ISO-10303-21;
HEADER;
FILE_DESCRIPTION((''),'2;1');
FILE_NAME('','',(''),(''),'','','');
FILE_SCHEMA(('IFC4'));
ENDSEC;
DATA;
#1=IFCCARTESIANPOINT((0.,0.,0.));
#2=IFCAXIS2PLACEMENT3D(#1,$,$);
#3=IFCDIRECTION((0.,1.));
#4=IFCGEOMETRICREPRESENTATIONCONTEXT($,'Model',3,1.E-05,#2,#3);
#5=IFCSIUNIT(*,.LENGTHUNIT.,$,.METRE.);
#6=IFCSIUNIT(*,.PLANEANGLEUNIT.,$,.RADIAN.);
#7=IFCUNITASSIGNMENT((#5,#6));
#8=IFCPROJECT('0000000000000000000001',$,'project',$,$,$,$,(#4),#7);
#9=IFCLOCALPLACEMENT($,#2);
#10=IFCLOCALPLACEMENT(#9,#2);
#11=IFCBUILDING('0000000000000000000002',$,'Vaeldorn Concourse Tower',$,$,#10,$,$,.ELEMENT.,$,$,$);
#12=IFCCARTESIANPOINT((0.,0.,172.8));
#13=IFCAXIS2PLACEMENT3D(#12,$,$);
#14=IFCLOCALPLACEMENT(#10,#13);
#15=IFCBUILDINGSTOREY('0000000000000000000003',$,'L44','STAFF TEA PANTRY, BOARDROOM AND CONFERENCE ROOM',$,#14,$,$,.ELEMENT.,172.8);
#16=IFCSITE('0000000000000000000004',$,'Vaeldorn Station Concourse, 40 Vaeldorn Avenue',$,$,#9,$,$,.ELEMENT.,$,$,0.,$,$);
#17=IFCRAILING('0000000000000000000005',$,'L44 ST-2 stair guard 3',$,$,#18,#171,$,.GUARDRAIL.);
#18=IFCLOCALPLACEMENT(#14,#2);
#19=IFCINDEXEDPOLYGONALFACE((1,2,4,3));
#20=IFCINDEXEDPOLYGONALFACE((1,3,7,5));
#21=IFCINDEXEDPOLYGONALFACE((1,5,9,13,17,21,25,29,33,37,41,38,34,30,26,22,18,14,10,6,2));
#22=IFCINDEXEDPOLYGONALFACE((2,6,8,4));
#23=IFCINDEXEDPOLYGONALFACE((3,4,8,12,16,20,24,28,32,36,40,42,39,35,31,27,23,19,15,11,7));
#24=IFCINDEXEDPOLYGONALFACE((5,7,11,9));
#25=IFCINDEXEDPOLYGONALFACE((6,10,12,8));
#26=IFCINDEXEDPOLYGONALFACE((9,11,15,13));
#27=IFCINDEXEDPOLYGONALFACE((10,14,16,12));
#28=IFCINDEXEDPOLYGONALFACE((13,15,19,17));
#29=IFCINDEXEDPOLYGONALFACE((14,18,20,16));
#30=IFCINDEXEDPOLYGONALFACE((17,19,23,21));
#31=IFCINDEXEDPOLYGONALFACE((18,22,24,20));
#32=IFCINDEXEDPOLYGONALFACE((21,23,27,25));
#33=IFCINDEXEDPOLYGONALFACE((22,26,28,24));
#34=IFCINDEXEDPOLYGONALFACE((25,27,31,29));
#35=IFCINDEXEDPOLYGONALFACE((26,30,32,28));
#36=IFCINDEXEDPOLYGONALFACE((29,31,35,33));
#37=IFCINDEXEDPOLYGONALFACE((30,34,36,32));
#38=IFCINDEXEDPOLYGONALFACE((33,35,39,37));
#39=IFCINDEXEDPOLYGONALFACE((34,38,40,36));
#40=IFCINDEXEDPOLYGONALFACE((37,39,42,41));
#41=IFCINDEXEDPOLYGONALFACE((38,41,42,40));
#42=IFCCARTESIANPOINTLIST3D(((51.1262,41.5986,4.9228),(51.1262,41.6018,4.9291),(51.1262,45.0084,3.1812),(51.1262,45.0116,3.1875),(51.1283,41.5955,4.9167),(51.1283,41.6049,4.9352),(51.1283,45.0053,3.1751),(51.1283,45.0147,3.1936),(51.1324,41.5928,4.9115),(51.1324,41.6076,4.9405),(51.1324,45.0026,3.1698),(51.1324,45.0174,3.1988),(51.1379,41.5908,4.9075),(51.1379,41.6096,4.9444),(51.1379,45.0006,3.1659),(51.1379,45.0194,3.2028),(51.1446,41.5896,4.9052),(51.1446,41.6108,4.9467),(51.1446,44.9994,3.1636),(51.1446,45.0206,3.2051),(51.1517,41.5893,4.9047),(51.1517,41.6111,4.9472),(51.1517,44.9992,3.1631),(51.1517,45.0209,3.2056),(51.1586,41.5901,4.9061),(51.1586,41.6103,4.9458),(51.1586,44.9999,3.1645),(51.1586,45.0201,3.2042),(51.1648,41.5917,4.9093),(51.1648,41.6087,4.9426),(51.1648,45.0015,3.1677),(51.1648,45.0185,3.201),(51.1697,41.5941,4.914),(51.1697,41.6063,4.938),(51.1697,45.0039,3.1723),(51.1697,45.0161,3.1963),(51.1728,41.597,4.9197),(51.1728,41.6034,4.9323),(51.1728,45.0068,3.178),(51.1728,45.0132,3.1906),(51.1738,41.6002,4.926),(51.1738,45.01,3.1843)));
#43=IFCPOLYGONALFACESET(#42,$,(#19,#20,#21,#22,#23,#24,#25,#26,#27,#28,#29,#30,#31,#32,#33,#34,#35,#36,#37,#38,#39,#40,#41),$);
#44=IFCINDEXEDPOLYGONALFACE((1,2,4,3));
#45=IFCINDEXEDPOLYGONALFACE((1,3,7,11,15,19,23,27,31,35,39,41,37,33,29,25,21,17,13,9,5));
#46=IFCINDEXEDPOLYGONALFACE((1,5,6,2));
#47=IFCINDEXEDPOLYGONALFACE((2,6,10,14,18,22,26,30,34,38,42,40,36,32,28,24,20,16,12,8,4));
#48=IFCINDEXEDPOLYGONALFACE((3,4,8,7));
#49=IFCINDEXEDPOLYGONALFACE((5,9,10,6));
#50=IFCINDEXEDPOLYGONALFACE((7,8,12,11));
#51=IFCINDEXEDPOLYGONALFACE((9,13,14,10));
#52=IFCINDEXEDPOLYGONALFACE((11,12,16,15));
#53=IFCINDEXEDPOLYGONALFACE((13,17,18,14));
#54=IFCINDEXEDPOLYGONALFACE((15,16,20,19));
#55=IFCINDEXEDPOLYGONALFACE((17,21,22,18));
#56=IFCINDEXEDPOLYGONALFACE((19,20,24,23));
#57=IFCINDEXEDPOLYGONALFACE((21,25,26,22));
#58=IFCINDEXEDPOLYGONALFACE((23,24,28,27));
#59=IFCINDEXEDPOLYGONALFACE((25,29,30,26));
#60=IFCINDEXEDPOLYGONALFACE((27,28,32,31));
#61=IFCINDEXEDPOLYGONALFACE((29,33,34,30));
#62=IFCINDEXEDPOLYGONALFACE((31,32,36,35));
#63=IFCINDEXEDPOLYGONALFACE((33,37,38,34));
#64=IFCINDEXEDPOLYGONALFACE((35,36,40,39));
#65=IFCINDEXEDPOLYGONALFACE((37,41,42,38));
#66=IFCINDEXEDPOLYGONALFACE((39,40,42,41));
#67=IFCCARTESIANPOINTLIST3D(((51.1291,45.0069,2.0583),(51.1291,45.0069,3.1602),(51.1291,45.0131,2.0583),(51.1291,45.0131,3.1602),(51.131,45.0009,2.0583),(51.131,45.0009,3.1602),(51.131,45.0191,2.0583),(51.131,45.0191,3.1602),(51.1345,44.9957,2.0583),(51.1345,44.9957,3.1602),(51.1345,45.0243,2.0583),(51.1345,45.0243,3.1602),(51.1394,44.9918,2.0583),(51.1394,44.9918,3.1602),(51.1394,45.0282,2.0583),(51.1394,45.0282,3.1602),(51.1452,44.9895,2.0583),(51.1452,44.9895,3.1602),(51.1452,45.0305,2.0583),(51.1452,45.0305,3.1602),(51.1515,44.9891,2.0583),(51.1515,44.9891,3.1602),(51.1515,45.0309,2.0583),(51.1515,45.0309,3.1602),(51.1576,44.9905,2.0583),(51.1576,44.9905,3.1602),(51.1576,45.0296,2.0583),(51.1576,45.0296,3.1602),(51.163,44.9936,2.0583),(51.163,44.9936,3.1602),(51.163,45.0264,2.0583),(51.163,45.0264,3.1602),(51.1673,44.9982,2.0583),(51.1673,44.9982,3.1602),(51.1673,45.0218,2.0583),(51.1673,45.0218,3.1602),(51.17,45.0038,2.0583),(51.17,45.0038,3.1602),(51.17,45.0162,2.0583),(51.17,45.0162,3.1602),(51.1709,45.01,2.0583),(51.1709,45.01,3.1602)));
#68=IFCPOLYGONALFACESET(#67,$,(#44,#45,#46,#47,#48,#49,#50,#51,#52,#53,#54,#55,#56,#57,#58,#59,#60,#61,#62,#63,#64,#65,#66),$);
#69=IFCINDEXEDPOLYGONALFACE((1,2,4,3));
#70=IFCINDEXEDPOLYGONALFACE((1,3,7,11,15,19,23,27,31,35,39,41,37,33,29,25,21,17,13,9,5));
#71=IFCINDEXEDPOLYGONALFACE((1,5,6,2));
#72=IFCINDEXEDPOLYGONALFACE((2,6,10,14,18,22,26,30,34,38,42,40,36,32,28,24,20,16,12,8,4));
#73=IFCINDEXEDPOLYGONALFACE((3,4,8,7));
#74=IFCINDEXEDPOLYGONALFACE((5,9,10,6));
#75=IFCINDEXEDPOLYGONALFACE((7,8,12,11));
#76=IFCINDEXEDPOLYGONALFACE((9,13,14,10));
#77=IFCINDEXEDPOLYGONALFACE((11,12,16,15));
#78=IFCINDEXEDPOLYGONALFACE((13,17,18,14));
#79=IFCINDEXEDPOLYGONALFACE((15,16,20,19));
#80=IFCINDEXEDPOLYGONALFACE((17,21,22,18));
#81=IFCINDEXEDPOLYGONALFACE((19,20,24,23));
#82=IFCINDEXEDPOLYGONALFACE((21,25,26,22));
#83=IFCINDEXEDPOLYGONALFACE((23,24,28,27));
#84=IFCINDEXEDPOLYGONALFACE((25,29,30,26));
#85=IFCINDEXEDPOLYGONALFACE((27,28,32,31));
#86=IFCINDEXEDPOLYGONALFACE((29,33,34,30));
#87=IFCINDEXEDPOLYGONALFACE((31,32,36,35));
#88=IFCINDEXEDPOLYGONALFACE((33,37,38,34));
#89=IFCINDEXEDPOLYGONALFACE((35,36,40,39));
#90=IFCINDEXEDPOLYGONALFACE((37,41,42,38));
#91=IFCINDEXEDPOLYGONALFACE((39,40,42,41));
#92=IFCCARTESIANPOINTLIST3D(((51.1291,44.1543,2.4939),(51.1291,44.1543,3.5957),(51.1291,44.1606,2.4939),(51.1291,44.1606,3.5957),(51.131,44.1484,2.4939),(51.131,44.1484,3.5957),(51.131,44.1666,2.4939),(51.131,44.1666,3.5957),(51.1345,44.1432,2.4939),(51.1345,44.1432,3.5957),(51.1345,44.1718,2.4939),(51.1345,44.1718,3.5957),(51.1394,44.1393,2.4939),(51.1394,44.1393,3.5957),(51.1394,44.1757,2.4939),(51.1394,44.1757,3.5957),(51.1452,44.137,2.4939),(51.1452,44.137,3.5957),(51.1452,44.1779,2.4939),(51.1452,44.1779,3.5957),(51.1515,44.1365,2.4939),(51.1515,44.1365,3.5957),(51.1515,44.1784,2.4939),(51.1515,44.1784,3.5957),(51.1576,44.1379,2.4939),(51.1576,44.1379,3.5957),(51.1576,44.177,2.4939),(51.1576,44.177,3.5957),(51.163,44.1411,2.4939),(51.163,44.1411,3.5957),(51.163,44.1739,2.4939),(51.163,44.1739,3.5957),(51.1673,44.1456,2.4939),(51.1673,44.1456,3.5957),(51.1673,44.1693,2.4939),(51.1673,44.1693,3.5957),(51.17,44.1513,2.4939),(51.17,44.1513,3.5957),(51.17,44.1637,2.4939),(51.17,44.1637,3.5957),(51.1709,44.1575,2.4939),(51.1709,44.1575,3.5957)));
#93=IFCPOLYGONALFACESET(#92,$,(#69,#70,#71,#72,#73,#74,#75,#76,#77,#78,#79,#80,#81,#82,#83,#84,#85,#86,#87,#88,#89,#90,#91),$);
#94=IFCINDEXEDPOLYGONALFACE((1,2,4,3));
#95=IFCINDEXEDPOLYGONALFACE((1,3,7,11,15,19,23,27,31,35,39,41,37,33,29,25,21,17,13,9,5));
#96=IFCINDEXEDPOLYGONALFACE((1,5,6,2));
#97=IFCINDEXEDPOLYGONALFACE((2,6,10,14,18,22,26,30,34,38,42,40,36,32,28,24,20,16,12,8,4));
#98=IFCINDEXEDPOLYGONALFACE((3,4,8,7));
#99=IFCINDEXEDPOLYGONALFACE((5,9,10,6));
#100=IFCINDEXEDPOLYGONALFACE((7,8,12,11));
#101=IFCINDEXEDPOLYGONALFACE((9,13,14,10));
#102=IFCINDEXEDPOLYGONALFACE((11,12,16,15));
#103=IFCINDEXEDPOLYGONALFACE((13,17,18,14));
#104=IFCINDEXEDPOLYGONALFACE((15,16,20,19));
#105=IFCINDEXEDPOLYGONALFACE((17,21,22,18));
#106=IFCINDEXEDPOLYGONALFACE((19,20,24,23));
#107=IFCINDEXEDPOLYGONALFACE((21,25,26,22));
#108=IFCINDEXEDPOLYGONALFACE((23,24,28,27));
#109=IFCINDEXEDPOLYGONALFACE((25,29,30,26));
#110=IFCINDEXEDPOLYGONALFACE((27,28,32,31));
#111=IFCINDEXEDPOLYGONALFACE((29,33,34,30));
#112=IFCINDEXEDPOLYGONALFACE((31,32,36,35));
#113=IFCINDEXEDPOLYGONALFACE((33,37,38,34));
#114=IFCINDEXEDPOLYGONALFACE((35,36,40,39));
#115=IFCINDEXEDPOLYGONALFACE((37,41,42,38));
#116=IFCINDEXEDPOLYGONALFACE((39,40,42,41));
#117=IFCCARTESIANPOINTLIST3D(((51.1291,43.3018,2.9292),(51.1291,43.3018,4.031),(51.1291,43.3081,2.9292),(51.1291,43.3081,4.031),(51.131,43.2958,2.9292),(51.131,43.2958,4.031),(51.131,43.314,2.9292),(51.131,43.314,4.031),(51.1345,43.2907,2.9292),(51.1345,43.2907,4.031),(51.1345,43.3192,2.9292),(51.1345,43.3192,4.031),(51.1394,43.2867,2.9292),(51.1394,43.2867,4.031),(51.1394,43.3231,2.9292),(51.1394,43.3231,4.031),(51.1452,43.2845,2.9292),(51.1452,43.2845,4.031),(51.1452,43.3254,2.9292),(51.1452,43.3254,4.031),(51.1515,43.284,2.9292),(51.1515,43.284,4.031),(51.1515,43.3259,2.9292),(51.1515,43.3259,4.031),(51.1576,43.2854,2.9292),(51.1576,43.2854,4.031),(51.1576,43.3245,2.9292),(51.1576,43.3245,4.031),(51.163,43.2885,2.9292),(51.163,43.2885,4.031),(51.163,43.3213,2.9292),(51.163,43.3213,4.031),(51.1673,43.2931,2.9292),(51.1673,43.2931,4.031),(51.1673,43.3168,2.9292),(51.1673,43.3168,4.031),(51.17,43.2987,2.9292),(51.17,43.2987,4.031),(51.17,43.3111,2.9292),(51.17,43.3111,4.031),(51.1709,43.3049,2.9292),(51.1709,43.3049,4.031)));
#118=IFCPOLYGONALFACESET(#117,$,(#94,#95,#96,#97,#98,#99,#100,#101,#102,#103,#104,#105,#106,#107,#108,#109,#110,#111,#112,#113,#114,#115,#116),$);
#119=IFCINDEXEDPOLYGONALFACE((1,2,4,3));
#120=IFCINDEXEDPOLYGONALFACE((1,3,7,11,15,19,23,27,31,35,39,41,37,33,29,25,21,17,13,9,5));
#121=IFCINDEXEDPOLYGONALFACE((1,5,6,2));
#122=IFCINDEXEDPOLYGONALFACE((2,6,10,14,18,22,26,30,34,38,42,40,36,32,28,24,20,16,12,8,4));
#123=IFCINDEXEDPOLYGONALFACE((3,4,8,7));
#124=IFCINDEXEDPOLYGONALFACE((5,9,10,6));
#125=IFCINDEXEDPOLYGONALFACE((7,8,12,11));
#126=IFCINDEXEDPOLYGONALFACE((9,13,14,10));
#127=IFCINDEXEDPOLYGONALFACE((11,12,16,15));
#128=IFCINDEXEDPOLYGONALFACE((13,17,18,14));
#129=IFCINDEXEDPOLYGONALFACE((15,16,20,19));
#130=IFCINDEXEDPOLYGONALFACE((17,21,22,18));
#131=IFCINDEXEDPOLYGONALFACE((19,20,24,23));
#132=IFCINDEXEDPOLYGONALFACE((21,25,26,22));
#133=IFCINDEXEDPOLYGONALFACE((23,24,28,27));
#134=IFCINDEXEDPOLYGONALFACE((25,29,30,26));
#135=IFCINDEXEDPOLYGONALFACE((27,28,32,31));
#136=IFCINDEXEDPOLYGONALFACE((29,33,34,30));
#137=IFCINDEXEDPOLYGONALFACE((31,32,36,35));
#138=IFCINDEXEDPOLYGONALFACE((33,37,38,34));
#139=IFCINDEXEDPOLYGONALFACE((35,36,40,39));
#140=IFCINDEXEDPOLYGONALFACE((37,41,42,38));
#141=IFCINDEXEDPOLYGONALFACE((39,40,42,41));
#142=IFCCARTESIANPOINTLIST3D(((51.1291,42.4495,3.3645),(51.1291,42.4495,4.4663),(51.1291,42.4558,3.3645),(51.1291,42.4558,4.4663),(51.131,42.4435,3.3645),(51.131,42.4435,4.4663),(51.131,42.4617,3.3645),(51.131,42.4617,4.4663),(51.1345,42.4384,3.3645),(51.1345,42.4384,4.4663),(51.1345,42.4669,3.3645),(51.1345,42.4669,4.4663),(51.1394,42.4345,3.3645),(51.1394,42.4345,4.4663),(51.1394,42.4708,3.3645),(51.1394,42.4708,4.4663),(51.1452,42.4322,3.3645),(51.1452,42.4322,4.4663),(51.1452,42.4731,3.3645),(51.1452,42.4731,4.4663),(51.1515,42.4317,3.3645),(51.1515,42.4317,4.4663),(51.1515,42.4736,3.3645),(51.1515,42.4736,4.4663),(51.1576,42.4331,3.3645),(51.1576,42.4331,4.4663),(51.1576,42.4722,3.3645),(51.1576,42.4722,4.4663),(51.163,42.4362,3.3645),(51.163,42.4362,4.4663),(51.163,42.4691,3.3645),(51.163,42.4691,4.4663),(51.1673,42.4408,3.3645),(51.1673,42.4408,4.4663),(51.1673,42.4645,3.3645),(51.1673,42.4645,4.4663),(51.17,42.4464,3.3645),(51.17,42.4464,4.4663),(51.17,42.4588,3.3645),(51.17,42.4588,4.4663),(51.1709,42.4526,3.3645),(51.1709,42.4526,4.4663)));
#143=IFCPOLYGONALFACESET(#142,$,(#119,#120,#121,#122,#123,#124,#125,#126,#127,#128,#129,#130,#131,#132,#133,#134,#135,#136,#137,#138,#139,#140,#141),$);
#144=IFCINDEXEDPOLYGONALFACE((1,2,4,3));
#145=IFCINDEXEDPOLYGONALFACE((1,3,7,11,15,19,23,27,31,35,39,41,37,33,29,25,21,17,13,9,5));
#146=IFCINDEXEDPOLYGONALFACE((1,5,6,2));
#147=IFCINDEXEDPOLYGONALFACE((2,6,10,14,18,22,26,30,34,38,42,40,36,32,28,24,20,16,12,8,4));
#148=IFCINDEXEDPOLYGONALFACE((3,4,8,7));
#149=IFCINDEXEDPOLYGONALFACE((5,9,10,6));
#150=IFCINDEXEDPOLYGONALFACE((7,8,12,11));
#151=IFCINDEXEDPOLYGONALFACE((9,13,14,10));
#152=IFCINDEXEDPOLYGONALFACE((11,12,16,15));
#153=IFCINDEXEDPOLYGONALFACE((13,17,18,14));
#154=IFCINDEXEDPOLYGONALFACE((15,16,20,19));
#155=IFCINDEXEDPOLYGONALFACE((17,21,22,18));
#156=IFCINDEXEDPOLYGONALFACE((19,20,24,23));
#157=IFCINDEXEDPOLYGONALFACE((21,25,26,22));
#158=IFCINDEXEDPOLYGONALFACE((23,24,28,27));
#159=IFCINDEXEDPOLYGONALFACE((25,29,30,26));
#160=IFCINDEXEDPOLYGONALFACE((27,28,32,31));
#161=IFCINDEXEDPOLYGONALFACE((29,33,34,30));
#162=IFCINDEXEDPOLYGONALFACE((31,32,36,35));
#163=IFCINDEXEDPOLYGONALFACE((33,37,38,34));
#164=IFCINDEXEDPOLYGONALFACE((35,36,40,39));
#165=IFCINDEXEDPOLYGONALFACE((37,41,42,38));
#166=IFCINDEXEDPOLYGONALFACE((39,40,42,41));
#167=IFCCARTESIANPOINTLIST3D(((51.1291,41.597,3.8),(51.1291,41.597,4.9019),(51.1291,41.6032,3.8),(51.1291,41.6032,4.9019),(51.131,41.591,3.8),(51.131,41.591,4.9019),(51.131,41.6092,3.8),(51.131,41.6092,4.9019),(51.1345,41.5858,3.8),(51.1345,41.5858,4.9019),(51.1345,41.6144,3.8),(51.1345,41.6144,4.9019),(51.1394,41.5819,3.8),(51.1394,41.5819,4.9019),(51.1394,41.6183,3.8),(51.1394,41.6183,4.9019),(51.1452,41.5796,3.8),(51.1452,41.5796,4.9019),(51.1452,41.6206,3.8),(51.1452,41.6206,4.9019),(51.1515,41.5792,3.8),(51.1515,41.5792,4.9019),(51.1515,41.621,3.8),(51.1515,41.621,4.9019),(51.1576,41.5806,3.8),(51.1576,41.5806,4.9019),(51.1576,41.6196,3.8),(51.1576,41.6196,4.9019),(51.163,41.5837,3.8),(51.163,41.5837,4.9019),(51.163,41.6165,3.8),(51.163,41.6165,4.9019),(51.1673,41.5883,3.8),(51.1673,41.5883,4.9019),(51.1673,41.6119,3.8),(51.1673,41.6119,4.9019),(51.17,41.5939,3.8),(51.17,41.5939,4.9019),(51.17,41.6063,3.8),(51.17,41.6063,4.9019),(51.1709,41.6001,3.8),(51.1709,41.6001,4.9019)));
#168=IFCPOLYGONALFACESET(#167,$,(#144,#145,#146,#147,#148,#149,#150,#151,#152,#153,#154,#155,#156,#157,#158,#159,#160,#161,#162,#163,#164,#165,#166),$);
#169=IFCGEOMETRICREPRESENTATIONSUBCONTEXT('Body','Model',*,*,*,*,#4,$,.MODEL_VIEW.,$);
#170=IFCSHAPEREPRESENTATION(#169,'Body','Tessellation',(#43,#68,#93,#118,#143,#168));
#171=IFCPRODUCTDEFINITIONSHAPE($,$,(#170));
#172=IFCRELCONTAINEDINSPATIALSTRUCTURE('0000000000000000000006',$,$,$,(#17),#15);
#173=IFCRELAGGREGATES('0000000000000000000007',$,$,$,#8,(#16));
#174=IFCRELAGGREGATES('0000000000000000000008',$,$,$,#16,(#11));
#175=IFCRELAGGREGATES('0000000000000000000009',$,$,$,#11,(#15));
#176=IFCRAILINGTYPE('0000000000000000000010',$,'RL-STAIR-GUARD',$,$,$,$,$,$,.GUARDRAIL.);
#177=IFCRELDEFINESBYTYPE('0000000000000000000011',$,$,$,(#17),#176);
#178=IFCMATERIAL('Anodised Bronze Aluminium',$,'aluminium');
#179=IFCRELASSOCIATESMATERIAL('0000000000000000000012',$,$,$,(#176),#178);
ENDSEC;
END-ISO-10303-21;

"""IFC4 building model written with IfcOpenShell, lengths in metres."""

from ifc_helpers import new_model, si_unit, direction, frame, origin, origin_2d, place, context, subcontext, project, spatial, circle, extrude, material, type_object, element, save


model = new_model("IFC4")

# Units and contexts
model_context = context("Model", 3, precision=1e-05, world=origin(), true_north=direction((0.0, 1.0)))
body_context = subcontext(model_context, "Body", "Model", "MODEL_VIEW")
ifc_project = project(units=[si_unit("LENGTHUNIT", "METRE"), si_unit("PLANEANGLEUNIT", "RADIAN")], contexts=[model_context])

# Site, building, storey
site_placement = place(None, origin())
site = spatial("IfcSite", under=ifc_project, at=site_placement, Name="Vaeldorn Station Concourse, 40 Vaeldorn Avenue", CompositionType="ELEMENT", RefElevation=0.0)
building_placement = place(site_placement, origin())
building = spatial("IfcBuilding", under=site, at=building_placement, Name="Vaeldorn Concourse Tower", CompositionType="ELEMENT")
storey_placement = place(building_placement, frame((0.0, 0.0, 172.8)))
storey = spatial("IfcBuildingStorey", under=building, at=storey_placement, Name="L44", Description="STAFF TEA PANTRY, BOARDROOM AND CONFERENCE ROOM", CompositionType="ELEMENT", Elevation=172.8)

# Shared definitions
ifc_material_1 = material(Name="Anodised Bronze Aluminium", Category="aluminium")

# Railing
railing_type_1 = type_object("IfcRailingType", Name="RL-STAIR-GUARD", PredefinedType="GUARDRAIL", material=ifc_material_1)
railing_1_placement = place(storey_placement, frame((51.1499, 45.01, 2.0583)))
element("IfcRailing", 1, at=railing_1_placement, inside=storey, type_object=railing_type_1, Name="L44 ST-2 stair guard 3", PredefinedType="GUARDRAIL", context=body_context, shape_type="SweptSolid", body=[
    extrude(circle(Radius=0.0239, at=origin_2d()), frame((0.0, 0.0, 1.126), z_axis=(0.0, -0.890556, 0.454874), x_axis=(1.0, 0.0, 0.0)), (0.0, 0.0, 1.0), 3.8289),
    extrude(circle(Radius=0.021, at=origin_2d()), origin(), (0.0, 0.0, 1.0), 1.1018),
    extrude(circle(Radius=0.021, at=origin_2d()), frame((0.0, -0.8525, 0.4355)), (0.0, 0.0, 1.0), 1.1018),
    extrude(circle(Radius=0.021, at=origin_2d()), frame((0.0, -1.7051, 0.8708)), (0.0, 0.0, 1.0), 1.1018),
    extrude(circle(Radius=0.021, at=origin_2d()), frame((0.0, -2.5574, 1.3062)), (0.0, 0.0, 1.0), 1.1018),
    extrude(circle(Radius=0.021, at=origin_2d()), frame((0.0, -3.4099, 1.7417)), (0.0, 0.0, 1.0), 1.1018),
])

save(model, "model.ifc")
